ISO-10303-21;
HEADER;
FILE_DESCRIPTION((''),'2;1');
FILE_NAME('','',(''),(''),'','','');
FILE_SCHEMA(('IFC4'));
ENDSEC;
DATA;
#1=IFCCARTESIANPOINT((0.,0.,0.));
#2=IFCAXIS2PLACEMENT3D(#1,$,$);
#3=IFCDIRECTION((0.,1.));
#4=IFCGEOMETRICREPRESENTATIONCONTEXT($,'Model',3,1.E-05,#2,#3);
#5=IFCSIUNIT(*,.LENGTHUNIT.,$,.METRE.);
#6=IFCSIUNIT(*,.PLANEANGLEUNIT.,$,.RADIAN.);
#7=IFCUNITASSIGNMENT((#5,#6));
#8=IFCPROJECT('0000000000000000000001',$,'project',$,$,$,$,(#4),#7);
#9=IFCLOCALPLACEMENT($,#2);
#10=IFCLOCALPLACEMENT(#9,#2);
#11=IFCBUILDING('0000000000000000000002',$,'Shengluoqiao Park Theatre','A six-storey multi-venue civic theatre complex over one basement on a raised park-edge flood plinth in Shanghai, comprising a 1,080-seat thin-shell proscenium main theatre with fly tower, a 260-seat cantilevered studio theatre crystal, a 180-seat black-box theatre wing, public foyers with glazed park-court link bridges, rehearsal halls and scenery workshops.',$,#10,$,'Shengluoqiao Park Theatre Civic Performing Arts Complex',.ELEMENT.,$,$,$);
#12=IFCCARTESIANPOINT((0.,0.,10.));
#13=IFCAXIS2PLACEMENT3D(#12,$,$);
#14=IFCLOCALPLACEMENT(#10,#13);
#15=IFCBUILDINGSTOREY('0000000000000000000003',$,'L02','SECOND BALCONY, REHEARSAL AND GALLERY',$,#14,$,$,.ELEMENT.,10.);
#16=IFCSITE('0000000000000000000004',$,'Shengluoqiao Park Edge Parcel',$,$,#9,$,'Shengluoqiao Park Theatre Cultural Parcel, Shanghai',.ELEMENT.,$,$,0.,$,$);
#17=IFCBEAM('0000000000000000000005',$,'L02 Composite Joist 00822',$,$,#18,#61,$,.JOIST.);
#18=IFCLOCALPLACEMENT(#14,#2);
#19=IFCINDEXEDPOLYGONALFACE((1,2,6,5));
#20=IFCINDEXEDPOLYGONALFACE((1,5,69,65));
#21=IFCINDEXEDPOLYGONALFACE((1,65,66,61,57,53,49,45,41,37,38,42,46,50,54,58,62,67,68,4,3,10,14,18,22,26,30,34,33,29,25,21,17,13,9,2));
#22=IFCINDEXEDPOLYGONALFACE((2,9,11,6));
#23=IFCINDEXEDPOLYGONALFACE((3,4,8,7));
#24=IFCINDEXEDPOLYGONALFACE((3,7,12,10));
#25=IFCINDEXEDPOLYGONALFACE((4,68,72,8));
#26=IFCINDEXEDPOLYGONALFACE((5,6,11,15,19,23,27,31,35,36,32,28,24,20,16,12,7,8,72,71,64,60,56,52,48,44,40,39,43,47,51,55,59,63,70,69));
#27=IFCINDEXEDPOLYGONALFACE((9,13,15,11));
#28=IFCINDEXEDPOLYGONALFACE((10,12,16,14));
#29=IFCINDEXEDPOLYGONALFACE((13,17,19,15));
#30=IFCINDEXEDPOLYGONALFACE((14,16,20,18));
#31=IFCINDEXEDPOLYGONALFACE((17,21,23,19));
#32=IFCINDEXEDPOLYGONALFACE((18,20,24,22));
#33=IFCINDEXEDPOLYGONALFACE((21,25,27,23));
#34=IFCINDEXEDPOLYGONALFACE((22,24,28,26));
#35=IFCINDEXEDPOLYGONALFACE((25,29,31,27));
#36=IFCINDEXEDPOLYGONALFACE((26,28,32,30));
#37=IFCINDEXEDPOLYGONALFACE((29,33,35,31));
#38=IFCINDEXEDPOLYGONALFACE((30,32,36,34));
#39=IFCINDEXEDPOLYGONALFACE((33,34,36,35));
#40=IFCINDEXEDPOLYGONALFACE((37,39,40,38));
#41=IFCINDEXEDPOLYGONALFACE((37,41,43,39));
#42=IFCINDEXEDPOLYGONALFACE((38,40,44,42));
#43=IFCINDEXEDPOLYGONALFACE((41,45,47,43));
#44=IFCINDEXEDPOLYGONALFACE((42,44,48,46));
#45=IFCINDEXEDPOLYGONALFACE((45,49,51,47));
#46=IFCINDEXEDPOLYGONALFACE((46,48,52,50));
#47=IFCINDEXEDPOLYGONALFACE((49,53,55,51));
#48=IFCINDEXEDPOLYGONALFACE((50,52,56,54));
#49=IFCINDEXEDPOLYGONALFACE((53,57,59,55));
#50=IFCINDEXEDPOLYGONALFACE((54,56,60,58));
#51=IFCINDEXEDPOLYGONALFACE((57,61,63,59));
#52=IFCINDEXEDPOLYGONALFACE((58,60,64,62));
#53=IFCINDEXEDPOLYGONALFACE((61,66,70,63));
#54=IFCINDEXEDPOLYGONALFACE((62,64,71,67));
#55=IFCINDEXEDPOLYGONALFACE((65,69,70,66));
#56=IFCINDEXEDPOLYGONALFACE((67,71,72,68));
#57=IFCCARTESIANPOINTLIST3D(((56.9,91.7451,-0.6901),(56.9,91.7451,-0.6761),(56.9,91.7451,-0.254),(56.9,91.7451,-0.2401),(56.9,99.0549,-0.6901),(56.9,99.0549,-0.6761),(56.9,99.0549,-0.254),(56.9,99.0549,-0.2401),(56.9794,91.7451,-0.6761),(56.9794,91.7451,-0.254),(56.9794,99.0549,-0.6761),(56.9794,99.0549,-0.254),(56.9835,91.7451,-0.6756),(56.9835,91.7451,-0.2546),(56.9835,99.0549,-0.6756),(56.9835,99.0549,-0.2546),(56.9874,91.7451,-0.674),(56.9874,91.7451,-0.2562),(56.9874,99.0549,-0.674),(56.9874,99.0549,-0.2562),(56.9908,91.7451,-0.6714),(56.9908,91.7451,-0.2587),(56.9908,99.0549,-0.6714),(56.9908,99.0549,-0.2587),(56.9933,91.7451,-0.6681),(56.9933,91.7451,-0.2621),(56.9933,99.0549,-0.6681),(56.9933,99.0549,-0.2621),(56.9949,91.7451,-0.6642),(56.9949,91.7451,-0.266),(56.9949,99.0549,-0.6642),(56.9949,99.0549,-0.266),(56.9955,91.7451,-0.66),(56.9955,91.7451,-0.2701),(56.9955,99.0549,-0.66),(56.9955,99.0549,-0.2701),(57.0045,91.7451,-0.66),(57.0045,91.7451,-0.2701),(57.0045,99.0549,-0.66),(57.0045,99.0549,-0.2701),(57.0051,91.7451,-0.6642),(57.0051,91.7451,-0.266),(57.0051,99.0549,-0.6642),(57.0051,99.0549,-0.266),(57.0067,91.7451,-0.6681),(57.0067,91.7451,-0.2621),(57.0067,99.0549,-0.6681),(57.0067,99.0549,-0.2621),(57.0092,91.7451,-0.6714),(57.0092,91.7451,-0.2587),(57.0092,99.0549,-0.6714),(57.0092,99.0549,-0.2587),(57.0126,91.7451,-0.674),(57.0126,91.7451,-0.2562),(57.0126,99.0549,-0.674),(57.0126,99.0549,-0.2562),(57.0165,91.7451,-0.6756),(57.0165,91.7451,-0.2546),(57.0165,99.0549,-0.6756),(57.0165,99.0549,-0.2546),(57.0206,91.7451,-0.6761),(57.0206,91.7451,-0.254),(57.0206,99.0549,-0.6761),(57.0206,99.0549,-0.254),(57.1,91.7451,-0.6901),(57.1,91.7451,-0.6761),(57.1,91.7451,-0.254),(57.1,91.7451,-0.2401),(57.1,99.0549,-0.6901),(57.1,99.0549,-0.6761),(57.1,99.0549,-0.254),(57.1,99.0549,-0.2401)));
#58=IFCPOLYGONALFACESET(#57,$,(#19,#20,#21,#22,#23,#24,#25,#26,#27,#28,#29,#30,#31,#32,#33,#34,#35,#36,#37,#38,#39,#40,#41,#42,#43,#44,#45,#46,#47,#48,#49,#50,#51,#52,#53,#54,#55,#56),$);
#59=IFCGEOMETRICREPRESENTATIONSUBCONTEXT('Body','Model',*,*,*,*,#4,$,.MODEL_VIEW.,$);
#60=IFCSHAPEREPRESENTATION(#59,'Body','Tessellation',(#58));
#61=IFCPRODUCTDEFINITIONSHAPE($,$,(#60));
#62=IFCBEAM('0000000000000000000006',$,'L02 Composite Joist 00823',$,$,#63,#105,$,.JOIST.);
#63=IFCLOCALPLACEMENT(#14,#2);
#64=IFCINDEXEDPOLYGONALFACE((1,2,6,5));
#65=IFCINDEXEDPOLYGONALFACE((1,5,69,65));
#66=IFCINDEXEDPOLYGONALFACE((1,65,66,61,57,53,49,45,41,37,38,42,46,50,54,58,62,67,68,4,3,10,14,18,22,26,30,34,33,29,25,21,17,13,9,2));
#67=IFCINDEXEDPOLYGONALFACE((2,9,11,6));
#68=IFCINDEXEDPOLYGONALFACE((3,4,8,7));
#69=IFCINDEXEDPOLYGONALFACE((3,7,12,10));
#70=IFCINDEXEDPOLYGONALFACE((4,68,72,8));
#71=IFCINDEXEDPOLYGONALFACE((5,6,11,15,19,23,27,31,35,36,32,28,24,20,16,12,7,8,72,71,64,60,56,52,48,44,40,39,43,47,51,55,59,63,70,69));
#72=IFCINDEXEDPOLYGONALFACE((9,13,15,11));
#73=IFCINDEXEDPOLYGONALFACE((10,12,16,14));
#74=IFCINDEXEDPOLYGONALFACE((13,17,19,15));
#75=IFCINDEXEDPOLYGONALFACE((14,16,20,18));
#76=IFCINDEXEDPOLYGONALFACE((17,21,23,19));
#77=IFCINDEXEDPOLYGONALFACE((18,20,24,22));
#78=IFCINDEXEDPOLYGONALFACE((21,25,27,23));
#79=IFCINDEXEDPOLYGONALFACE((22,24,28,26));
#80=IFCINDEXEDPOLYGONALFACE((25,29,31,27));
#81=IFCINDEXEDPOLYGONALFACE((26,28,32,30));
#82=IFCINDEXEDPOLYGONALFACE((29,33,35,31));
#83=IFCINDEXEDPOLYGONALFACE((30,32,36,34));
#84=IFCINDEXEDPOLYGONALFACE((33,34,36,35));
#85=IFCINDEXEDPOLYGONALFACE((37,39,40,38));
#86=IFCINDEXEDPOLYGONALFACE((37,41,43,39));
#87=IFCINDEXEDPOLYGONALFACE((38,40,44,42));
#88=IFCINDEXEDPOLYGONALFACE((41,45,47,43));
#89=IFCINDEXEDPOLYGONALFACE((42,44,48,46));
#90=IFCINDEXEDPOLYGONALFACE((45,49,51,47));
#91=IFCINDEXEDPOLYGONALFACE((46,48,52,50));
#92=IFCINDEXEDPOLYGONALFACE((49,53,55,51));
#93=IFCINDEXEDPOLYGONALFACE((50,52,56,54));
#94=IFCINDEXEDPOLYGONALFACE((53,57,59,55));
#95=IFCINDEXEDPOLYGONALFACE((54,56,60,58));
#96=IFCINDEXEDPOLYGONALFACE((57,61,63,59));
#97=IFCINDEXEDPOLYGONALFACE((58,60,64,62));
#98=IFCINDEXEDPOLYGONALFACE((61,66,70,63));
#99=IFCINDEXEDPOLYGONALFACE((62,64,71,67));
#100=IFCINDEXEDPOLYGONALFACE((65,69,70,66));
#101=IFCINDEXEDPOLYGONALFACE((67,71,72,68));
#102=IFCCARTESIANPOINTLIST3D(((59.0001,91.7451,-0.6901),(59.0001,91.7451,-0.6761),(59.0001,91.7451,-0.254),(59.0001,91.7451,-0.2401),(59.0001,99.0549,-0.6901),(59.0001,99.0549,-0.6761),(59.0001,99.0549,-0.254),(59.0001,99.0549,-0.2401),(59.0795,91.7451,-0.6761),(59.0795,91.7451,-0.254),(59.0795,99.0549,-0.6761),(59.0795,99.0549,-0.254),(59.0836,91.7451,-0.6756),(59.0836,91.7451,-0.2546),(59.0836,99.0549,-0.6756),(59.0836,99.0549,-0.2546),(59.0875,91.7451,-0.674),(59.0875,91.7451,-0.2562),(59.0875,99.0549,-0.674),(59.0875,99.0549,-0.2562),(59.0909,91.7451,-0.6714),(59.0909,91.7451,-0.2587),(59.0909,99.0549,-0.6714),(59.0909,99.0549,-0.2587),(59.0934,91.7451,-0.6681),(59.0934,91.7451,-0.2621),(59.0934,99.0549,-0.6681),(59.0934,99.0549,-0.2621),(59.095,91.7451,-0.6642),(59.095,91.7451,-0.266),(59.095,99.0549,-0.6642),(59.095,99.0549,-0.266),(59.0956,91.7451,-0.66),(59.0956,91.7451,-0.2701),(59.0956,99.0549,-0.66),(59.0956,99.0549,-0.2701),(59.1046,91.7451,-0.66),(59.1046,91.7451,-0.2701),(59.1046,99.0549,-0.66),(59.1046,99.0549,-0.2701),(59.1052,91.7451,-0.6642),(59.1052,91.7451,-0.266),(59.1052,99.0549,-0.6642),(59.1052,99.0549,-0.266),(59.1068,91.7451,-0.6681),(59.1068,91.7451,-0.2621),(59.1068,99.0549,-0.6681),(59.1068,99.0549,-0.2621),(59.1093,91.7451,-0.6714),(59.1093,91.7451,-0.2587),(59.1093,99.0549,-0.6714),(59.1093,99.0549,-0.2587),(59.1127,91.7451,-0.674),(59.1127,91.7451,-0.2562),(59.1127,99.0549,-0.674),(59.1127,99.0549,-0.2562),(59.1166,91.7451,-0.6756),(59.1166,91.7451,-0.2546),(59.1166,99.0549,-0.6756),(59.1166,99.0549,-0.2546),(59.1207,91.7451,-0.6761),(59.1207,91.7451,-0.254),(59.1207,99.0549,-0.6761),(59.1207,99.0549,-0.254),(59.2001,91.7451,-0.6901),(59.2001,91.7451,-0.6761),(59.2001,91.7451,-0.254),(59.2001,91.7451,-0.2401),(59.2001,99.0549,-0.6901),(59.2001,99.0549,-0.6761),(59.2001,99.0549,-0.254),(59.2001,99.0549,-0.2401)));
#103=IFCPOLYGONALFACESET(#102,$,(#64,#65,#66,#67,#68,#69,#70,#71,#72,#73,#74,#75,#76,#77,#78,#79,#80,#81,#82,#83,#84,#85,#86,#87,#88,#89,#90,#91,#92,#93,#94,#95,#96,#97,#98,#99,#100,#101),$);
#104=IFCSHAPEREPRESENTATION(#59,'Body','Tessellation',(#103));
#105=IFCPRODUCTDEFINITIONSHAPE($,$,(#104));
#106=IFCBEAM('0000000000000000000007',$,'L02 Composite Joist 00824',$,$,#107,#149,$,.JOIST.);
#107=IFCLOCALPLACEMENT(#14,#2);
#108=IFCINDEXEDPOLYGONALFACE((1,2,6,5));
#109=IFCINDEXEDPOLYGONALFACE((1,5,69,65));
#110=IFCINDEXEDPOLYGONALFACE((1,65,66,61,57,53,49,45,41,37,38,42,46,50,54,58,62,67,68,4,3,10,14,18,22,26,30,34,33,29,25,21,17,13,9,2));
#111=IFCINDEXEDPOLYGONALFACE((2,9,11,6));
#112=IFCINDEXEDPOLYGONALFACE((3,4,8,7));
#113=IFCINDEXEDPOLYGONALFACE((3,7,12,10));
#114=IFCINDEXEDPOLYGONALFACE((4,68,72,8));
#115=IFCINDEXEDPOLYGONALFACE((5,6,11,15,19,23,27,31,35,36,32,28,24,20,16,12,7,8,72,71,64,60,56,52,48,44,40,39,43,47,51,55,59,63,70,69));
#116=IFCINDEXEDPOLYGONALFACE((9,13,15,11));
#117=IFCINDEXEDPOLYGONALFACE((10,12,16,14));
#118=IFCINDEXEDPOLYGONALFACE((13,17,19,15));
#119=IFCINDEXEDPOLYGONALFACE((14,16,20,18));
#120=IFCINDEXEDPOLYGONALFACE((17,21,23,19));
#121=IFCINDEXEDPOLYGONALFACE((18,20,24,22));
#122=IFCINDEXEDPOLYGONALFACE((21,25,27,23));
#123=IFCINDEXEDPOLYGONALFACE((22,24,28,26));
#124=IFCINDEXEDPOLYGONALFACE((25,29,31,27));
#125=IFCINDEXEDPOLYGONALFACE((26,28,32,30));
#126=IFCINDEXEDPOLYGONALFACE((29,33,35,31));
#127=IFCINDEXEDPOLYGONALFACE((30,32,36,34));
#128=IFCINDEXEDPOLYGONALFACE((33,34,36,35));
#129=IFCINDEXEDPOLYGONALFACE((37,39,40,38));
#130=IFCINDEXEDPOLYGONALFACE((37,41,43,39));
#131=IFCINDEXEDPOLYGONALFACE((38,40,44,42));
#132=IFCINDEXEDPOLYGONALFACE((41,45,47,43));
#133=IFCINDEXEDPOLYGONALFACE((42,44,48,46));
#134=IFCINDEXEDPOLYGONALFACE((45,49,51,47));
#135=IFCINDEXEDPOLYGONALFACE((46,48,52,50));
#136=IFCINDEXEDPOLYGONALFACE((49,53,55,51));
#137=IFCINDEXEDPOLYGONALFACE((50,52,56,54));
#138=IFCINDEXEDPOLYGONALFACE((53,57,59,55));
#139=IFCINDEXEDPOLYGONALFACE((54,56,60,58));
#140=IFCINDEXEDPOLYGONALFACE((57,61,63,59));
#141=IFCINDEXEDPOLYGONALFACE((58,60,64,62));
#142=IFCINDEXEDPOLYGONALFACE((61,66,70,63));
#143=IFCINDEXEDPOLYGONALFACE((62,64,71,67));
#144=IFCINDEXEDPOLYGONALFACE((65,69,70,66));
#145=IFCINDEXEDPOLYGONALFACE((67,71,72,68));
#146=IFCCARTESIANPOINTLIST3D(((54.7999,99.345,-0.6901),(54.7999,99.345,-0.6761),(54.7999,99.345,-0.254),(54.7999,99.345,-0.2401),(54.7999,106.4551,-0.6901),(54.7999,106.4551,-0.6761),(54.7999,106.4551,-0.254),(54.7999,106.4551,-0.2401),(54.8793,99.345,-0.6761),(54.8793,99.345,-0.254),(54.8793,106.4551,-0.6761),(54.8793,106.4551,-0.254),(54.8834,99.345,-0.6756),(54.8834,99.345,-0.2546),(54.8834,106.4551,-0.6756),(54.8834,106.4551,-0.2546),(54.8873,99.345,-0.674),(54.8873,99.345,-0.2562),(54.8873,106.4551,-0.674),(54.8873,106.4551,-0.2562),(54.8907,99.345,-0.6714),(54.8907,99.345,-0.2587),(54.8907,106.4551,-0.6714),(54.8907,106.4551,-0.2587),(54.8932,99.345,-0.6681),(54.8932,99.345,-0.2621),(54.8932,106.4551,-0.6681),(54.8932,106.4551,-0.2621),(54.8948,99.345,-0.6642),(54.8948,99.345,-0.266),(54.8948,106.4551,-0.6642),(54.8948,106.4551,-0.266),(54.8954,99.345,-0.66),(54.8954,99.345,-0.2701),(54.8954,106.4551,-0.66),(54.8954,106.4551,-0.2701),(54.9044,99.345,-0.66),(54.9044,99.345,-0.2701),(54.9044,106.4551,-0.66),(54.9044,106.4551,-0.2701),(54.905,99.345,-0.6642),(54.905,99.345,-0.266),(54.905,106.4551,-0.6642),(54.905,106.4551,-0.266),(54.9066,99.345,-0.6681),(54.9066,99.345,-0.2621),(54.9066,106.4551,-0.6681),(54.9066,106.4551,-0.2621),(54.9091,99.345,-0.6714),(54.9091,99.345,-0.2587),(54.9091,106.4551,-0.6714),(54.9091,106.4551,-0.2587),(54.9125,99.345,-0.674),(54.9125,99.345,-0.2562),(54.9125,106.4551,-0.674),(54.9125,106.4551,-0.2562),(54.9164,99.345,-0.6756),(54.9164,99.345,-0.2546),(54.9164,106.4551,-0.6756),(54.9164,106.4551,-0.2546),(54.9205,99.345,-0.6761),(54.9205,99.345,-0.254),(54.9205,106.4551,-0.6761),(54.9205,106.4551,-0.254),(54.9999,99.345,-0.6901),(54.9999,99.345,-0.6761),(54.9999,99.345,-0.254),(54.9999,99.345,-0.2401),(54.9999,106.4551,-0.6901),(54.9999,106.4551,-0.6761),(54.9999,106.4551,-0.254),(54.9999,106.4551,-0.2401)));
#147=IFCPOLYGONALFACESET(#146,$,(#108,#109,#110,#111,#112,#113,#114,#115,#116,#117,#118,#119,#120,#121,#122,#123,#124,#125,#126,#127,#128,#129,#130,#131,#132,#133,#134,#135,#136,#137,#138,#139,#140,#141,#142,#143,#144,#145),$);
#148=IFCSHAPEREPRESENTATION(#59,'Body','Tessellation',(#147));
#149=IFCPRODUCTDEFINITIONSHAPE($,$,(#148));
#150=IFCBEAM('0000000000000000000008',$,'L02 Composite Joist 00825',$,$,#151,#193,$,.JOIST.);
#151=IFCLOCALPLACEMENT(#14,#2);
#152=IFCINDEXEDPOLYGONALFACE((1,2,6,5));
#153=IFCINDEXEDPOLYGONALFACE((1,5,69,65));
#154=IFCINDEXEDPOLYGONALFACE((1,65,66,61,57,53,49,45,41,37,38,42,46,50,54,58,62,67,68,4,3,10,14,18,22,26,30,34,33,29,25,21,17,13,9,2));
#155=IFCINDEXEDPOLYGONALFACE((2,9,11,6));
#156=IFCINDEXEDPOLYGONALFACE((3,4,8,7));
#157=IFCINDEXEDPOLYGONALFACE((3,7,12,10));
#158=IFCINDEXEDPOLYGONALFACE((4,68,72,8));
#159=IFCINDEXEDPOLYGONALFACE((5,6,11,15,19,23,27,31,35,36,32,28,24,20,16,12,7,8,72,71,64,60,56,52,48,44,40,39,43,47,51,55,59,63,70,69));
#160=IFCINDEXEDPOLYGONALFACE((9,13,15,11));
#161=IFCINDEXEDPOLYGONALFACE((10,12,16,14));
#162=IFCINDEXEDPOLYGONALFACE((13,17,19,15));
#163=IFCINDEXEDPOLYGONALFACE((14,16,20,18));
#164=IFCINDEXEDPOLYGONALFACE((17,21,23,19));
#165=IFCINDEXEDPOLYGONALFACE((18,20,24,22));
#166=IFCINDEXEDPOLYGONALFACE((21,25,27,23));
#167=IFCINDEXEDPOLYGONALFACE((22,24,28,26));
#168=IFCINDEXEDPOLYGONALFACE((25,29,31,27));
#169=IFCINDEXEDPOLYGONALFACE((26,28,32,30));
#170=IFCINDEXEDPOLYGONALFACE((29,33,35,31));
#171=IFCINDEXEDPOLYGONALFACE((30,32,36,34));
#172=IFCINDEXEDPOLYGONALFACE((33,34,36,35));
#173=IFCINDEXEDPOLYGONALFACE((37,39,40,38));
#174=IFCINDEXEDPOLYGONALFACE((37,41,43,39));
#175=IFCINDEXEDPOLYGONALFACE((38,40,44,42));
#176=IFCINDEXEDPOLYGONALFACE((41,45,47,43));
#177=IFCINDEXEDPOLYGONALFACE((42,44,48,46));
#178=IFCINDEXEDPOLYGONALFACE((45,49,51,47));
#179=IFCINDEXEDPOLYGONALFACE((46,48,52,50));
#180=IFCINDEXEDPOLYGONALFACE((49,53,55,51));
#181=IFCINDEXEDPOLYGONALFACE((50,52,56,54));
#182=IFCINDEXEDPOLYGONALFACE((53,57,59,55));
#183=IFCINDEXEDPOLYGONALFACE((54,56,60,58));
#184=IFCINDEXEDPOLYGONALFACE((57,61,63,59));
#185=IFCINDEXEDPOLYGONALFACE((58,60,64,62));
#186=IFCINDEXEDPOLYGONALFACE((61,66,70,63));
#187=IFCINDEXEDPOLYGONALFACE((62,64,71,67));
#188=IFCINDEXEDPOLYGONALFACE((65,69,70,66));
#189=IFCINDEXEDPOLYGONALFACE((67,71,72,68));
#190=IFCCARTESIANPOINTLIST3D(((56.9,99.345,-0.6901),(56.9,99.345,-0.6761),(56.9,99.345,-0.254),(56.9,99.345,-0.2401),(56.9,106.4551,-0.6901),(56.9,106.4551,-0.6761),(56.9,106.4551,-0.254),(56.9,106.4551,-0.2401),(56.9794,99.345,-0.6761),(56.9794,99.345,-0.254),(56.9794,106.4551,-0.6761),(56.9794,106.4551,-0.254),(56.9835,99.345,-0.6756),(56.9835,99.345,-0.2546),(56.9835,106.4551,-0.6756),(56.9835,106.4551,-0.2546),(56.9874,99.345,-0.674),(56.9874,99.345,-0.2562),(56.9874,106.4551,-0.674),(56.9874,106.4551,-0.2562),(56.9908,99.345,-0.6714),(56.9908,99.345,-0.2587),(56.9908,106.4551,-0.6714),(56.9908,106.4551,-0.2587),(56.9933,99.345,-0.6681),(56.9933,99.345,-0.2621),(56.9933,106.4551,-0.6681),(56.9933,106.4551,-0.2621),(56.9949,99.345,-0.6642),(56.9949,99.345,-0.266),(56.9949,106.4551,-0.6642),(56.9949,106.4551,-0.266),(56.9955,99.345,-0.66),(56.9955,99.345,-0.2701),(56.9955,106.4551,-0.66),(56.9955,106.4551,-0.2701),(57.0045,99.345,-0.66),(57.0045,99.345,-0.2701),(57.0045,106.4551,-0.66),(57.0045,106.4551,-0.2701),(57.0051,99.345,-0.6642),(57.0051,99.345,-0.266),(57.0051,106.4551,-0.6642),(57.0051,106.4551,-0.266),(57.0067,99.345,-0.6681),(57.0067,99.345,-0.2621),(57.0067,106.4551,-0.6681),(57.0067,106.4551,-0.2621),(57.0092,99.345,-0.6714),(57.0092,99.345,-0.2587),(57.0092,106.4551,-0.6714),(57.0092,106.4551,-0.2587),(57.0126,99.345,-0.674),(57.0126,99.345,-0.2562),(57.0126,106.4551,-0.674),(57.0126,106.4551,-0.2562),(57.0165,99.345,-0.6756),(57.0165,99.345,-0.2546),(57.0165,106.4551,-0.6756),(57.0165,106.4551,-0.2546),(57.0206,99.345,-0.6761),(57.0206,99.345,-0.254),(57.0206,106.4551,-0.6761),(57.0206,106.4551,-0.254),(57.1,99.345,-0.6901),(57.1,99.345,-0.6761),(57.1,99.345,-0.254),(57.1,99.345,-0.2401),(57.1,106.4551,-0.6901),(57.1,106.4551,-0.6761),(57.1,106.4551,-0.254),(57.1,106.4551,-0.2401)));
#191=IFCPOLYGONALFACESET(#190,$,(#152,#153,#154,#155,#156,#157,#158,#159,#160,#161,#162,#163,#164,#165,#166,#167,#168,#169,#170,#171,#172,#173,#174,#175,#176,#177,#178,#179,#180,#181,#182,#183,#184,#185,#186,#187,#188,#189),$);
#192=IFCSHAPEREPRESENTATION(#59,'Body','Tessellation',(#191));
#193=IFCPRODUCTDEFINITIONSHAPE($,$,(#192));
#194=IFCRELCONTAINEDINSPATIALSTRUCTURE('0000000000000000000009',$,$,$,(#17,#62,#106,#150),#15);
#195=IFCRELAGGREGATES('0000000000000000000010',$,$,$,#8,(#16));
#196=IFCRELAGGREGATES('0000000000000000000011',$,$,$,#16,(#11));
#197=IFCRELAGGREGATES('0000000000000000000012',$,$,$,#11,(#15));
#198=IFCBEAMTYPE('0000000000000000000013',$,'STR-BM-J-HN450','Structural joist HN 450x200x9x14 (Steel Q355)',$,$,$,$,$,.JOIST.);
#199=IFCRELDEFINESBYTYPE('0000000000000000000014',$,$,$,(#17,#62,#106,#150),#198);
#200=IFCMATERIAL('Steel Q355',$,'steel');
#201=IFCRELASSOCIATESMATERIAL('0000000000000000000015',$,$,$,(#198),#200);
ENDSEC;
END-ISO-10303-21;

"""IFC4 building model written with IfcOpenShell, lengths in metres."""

from ifc_helpers import new_model, si_unit, direction, frame, origin, origin_2d, place, context, subcontext, project, spatial, i_section, extrude, material, material_profile, profile_set, type_object, element, save


model = new_model("IFC4")

# Units and contexts
model_context = context("Model", 3, precision=1e-05, world=origin(), true_north=direction((0.0, 1.0)))
body_context = subcontext(model_context, "Body", "Model", "MODEL_VIEW")
ifc_project = project(units=[si_unit("LENGTHUNIT", "METRE"), si_unit("PLANEANGLEUNIT", "RADIAN")], contexts=[model_context])

# Site, building, storey
site_placement = place(None, origin())
site = spatial("IfcSite", under=ifc_project, at=site_placement, Name="Shengluoqiao Park Edge Parcel", LongName="Shengluoqiao Park Theatre Cultural Parcel, Shanghai", CompositionType="ELEMENT", RefElevation=0.0)
building_placement = place(site_placement, origin())
building = spatial("IfcBuilding", under=site, at=building_placement, Name="Shengluoqiao Park Theatre", Description="A six-storey multi-venue civic theatre complex over one basement on a raised park-edge flood plinth in Shanghai, comprising a 1,080-seat thin-shell proscenium main theatre with fly tower, a 260-seat cantilevered studio theatre crystal, a 180-seat black-box theatre wing, public foyers with glazed park-court link bridges, rehearsal halls and scenery workshops.", LongName="Shengluoqiao Park Theatre Civic Performing Arts Complex", CompositionType="ELEMENT")
storey_placement = place(building_placement, frame((0.0, 0.0, 10.0)))
storey = spatial("IfcBuildingStorey", under=building, at=storey_placement, Name="L02", Description="SECOND BALCONY, REHEARSAL AND GALLERY", CompositionType="ELEMENT", Elevation=10.0)

# Beams
ifc_material_1 = material(Name="Steel Q355", Category="steel")
ifc_material_profile_1 = material_profile(ifc_material_1, i_section(OverallWidth=0.2, OverallDepth=0.45, WebThickness=0.009, FlangeThickness=0.0139, FilletRadius=0.0161, at=origin_2d()), Name="HN 450x200x9x14")
ifc_profile_set_1 = profile_set([ifc_material_profile_1], Name="Steel Q355")
beam_type_1 = type_object("IfcBeamType", Name="STR-BM-J-HN450", Description="Structural joist HN 450x200x9x14 (Steel Q355)", PredefinedType="JOIST", material=ifc_profile_set_1)
for number, where, z_axis, x_axis, name in (
    (1, (57.0, 91.7451, -0.4651), (0.0, 1.0, 0.0), (-1.0, 0.0, 0.0), "L02 Composite Joist 00822"),
    (2, (59.1001, 91.7451, -0.4651), (0.0, 1.0, 0.0), (-1.0, 0.0, 0.0), "L02 Composite Joist 00823"),
):
    element("IfcBeam", number, at=place(storey_placement, frame(where, z_axis=z_axis, x_axis=x_axis)), inside=storey, type_object=beam_type_1, Name=name, PredefinedType="JOIST", context=body_context, shape_type="SweptSolid", body=[
        extrude(i_section(OverallWidth=0.2, OverallDepth=0.45, WebThickness=0.009, FlangeThickness=0.0139, FilletRadius=0.0161, at=origin_2d()), origin(), (0.0, 0.0, 1.0), 7.3098),
    ])
for number, where, z_axis, x_axis, name in (
    (3, (54.8999, 99.345, -0.4651), (0.0, 1.0, 0.0), (-1.0, 0.0, 0.0), "L02 Composite Joist 00824"),
    (4, (57.0, 99.345, -0.4651), (0.0, 1.0, 0.0), (-1.0, 0.0, 0.0), "L02 Composite Joist 00825"),
):
    element("IfcBeam", number, at=place(storey_placement, frame(where, z_axis=z_axis, x_axis=x_axis)), inside=storey, type_object=beam_type_1, Name=name, PredefinedType="JOIST", context=body_context, shape_type="SweptSolid", body=[
        extrude(i_section(OverallWidth=0.2, OverallDepth=0.45, WebThickness=0.009, FlangeThickness=0.0139, FilletRadius=0.0161, at=origin_2d()), origin(), (0.0, 0.0, 1.0), 7.1101),
    ])

save(model, "model.ifc")
